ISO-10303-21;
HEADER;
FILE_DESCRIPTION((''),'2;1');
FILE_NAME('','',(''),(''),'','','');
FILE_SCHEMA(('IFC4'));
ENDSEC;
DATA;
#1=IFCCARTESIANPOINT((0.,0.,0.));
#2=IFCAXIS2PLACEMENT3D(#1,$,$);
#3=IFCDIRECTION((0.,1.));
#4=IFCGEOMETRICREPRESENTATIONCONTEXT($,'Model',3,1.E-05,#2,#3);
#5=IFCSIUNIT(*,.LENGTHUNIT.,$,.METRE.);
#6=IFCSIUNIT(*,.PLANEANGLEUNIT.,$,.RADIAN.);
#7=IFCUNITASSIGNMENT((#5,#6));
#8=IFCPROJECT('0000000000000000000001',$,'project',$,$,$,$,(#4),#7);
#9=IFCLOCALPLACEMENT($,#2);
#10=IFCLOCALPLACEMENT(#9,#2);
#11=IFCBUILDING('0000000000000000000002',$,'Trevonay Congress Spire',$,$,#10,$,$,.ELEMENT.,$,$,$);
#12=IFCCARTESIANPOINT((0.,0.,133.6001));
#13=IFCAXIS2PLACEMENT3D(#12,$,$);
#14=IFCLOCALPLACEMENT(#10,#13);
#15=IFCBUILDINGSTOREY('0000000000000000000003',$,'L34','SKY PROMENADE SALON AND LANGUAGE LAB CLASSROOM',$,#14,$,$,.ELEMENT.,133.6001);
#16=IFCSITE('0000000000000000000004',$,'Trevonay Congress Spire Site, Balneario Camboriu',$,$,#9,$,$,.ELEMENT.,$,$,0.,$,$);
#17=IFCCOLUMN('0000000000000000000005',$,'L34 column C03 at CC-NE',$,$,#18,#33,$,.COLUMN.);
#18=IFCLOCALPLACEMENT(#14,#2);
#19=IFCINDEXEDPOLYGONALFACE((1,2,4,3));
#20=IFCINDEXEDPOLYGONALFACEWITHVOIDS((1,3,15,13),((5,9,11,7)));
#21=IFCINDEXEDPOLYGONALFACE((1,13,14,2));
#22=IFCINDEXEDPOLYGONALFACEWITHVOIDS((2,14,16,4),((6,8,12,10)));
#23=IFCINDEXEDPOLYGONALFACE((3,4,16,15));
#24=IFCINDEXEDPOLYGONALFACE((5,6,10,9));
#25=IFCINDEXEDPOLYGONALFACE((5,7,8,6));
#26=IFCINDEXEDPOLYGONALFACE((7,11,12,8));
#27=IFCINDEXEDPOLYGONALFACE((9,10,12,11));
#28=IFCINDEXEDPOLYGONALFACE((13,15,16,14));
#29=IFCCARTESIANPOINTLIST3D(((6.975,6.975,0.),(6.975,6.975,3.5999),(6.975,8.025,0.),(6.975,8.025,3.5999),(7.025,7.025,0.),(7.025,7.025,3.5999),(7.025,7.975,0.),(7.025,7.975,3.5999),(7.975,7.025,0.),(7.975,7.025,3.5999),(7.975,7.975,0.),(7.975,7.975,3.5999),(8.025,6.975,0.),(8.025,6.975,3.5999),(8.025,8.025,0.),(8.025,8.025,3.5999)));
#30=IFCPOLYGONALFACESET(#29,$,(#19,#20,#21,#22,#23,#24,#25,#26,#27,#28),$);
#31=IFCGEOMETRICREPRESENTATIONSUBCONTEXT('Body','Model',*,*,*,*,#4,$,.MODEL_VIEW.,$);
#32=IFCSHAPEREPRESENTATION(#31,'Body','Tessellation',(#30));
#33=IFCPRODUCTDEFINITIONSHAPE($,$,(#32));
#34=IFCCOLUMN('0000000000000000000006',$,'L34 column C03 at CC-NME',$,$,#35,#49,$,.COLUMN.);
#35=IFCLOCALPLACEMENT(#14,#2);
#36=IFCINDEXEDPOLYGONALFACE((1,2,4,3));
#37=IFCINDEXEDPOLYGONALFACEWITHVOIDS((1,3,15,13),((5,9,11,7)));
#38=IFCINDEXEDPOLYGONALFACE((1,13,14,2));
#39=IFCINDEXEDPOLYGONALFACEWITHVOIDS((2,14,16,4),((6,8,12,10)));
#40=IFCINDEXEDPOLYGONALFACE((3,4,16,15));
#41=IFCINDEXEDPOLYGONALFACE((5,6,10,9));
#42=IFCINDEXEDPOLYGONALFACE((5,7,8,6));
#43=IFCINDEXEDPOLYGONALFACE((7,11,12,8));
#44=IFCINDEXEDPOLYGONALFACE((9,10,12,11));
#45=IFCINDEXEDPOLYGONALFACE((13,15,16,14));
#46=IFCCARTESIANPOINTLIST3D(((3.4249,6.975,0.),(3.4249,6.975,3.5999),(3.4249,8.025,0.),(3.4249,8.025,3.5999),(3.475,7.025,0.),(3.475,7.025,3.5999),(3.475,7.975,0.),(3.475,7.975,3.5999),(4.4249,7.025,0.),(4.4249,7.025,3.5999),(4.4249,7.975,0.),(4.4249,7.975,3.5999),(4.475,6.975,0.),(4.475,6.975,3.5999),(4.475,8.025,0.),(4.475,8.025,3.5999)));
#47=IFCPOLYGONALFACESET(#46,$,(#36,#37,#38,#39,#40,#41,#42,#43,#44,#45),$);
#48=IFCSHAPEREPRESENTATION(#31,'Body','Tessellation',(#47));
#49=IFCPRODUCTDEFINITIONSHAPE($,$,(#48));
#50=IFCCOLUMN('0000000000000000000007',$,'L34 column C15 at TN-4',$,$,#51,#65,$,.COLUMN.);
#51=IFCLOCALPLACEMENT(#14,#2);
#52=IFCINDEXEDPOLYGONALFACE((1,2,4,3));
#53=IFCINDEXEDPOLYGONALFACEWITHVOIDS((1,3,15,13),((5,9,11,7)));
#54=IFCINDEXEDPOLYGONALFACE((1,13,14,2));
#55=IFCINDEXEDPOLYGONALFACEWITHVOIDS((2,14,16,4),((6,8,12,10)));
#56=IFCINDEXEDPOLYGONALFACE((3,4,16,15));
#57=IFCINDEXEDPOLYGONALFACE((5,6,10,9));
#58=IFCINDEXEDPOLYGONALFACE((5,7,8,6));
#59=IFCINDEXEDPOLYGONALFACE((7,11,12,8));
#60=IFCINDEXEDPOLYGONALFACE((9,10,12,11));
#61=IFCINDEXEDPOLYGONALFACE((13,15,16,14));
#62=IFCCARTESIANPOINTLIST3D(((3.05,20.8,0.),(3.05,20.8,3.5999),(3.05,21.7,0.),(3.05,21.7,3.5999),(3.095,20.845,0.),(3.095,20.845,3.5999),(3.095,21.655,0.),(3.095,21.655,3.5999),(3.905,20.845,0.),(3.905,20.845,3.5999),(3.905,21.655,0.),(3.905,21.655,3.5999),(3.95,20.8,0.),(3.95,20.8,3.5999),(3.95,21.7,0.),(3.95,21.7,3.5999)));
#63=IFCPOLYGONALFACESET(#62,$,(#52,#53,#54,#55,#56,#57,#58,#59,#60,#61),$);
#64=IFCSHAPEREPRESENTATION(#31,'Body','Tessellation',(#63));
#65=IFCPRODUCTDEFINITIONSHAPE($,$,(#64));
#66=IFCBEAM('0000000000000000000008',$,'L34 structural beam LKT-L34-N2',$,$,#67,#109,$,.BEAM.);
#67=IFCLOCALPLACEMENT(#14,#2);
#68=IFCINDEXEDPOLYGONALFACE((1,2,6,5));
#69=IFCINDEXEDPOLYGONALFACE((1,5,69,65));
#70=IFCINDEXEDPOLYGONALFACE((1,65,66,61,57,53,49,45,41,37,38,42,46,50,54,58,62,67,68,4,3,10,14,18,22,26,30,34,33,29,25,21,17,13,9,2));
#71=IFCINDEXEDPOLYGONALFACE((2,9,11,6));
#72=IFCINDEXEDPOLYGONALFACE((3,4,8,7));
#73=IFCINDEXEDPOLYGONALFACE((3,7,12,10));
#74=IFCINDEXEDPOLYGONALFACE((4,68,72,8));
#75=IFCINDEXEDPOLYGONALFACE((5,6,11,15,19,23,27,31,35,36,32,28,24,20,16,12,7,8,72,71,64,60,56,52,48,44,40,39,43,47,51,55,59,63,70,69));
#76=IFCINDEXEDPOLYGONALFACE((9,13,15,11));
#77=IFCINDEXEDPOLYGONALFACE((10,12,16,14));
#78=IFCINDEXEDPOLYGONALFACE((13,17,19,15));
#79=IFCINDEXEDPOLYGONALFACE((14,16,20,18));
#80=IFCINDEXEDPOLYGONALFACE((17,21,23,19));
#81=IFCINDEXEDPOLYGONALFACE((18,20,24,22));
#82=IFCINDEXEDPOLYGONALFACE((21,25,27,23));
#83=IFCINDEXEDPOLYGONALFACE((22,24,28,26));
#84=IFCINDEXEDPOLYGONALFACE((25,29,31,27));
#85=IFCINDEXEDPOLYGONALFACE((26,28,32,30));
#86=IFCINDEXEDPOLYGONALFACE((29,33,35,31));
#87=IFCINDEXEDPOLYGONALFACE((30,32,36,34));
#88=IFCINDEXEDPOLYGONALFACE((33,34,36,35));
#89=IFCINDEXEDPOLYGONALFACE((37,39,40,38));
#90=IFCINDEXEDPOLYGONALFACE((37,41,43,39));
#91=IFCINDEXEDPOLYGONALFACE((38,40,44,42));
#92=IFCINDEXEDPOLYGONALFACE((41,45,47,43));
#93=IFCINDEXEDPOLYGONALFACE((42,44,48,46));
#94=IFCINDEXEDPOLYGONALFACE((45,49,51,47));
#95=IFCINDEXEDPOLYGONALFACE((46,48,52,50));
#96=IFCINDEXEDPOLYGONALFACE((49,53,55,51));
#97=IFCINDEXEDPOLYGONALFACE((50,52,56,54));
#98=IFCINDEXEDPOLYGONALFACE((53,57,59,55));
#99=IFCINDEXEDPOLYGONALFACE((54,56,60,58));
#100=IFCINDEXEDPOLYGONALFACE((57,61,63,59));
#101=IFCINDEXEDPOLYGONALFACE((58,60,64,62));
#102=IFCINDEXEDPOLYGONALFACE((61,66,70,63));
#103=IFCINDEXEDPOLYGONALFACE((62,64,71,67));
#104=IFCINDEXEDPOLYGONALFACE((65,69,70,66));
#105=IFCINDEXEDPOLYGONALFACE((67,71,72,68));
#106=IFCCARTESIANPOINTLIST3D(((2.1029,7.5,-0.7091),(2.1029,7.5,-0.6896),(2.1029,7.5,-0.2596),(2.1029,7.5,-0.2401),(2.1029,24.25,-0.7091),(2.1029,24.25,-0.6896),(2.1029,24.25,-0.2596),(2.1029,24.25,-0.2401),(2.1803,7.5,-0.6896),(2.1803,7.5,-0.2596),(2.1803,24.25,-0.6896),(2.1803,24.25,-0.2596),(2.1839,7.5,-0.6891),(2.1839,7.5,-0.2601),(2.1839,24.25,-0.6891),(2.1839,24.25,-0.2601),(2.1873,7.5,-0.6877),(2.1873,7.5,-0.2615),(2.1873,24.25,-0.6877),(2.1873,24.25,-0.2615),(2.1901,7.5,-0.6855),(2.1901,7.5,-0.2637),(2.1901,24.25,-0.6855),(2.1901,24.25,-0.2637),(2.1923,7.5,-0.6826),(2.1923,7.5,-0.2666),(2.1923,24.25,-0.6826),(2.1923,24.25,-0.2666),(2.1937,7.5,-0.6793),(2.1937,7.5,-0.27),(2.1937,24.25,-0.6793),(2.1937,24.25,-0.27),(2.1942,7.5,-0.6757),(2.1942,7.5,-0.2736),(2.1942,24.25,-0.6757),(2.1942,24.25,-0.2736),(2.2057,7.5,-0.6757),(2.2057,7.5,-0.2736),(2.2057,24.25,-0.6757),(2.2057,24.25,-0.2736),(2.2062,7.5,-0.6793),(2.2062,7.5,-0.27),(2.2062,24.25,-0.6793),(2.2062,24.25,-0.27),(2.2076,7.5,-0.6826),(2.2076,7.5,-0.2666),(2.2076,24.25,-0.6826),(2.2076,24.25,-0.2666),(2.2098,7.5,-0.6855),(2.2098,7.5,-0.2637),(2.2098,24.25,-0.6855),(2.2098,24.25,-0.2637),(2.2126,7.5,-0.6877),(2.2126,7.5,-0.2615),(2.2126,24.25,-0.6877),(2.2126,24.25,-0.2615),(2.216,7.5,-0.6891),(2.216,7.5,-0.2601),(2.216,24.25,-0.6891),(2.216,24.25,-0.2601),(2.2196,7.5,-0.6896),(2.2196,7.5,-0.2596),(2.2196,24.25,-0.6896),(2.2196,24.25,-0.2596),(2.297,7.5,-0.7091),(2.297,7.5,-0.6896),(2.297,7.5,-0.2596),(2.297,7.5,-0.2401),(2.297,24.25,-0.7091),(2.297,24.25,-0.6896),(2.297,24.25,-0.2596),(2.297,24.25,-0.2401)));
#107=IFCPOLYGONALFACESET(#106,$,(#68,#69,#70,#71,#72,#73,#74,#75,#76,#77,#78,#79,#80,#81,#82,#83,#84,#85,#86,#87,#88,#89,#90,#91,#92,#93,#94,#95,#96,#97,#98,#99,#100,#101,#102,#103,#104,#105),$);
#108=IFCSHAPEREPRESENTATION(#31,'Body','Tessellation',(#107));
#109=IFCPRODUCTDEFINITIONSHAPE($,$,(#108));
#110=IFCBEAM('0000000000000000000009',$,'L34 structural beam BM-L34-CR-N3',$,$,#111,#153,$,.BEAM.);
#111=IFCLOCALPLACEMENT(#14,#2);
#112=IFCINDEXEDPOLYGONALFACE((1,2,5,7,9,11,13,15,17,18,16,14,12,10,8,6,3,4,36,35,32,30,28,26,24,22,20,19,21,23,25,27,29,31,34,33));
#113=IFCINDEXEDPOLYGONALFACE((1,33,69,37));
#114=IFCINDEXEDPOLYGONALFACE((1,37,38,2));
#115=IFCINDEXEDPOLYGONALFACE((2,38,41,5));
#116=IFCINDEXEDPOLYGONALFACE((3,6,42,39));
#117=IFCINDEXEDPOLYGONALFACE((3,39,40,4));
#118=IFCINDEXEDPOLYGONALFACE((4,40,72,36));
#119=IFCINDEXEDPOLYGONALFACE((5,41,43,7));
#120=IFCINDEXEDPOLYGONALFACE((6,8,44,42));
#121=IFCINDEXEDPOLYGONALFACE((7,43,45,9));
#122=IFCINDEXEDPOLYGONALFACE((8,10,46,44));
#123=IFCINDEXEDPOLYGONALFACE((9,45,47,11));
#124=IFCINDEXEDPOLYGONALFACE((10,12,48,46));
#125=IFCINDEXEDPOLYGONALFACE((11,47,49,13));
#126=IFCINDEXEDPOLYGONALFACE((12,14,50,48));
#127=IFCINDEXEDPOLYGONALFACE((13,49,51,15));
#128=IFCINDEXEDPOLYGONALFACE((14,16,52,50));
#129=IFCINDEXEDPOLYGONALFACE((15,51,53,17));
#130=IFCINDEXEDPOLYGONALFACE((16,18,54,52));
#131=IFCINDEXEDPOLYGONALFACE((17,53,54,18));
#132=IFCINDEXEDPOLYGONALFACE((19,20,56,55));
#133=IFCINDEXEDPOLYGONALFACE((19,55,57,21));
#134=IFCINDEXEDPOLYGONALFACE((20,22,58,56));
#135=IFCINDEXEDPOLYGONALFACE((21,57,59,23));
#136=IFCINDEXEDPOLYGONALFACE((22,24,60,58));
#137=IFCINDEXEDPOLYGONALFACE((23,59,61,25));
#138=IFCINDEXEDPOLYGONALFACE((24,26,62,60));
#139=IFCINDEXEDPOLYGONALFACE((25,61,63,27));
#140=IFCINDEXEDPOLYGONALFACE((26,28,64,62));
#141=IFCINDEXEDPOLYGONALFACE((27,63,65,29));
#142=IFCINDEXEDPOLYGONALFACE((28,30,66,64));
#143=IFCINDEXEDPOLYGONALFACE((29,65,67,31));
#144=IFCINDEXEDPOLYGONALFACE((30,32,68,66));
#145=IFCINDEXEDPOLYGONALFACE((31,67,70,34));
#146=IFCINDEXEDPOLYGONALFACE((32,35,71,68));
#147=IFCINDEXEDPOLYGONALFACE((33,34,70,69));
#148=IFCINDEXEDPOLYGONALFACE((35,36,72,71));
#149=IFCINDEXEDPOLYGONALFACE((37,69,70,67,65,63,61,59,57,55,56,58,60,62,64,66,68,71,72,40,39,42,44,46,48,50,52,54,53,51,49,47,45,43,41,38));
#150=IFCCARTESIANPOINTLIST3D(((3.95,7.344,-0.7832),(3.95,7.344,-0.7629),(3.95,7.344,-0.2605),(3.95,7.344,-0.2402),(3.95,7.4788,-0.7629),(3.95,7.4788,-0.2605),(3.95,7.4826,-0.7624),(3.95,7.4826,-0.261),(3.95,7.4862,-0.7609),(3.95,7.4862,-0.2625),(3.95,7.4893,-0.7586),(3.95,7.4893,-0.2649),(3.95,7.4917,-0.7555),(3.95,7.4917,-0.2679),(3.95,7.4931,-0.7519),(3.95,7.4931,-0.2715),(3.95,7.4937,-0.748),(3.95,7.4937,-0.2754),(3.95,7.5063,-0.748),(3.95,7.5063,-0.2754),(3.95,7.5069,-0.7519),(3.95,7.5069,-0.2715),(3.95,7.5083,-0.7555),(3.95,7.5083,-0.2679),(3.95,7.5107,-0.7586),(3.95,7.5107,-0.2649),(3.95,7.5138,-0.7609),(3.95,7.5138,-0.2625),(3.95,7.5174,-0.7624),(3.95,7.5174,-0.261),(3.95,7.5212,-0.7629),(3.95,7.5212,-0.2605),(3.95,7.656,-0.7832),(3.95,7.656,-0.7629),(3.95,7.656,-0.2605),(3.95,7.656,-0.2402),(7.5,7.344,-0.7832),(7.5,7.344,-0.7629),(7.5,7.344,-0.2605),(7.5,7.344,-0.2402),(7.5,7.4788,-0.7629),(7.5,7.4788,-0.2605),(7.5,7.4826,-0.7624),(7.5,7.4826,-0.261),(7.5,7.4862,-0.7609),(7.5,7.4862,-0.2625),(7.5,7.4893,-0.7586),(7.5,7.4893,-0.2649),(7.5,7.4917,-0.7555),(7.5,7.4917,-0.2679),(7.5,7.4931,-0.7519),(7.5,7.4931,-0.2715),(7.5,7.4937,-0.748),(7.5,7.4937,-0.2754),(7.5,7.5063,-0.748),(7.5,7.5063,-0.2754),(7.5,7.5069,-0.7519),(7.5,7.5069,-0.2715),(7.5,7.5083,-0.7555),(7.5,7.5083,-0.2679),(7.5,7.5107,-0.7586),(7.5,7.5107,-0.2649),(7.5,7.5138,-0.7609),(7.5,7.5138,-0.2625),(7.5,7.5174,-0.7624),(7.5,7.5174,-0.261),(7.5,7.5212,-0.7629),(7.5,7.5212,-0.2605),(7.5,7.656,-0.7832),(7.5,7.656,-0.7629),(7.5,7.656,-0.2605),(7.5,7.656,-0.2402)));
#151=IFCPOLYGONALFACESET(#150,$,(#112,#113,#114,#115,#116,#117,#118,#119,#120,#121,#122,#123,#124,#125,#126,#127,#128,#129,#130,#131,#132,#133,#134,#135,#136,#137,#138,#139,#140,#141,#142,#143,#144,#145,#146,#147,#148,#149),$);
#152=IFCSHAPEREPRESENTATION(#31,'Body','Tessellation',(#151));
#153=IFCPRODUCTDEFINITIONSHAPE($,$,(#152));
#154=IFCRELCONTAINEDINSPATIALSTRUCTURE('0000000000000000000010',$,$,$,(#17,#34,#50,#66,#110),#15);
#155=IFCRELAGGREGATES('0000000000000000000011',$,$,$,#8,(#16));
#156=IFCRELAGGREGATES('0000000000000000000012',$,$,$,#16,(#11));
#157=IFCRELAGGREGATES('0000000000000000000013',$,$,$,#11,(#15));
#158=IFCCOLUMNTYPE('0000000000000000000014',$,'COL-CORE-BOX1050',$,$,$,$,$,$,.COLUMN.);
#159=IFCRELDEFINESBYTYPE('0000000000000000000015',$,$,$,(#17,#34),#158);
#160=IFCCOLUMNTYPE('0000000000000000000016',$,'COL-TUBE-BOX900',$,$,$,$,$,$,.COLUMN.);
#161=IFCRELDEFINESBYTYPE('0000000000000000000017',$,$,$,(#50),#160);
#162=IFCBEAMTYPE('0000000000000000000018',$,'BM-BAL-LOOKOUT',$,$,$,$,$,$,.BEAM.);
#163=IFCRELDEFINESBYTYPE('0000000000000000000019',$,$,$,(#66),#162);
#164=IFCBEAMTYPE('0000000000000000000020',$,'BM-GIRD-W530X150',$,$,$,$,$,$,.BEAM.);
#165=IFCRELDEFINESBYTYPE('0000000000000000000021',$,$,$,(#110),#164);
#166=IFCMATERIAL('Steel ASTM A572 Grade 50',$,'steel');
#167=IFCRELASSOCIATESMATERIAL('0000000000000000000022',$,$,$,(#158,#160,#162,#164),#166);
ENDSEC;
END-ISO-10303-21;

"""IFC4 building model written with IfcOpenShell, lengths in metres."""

from ifc_helpers import new_model, si_unit, direction, frame, origin, origin_2d, place, context, subcontext, project, spatial, hollow_rectangle, i_section, extrude, material, material_profile, profile_set, type_object, element, save


model = new_model("IFC4")

# Units and contexts
model_context = context("Model", 3, precision=1e-05, world=origin(), true_north=direction((0.0, 1.0)))
body_context = subcontext(model_context, "Body", "Model", "MODEL_VIEW")
ifc_project = project(units=[si_unit("LENGTHUNIT", "METRE"), si_unit("PLANEANGLEUNIT", "RADIAN")], contexts=[model_context])

# Site, building, storey
site_placement = place(None, origin())
site = spatial("IfcSite", under=ifc_project, at=site_placement, Name="Trevonay Congress Spire Site, Balneario Camboriu", CompositionType="ELEMENT", RefElevation=0.0)
building_placement = place(site_placement, origin())
building = spatial("IfcBuilding", under=site, at=building_placement, Name="Trevonay Congress Spire", CompositionType="ELEMENT")
storey_placement = place(building_placement, frame((0.0, 0.0, 133.6001)))
storey = spatial("IfcBuildingStorey", under=building, at=storey_placement, Name="L34", Description="SKY PROMENADE SALON AND LANGUAGE LAB CLASSROOM", CompositionType="ELEMENT", Elevation=133.6001)

# Columns
ifc_material_1 = material(Name="Steel ASTM A572 Grade 50", Category="steel")
ifc_material_profile_1 = material_profile(ifc_material_1, hollow_rectangle(XDim=1.05, YDim=1.05, WallThickness=0.05, at=origin_2d()), Name="BOX 1050x1050x50")
ifc_profile_set_1 = profile_set([ifc_material_profile_1], Name="Steel ASTM A572 Grade 50")
column_type_1 = type_object("IfcColumnType", Name="COL-CORE-BOX1050", PredefinedType="COLUMN", material=ifc_profile_set_1)
for number, where, z_axis, x_axis, name in (
    (1, (7.5, 7.5, 0.0), (0.0, 0.0, 1.0), (1.0, 0.0, 0.0), "L34 column C03 at CC-NE"),
    (2, (3.95, 7.5, 0.0), (0.0, 0.0, 1.0), (1.0, 0.0, 0.0), "L34 column C03 at CC-NME"),
):
    element("IfcColumn", number, at=place(storey_placement, frame(where, z_axis=z_axis, x_axis=x_axis)), inside=storey, type_object=column_type_1, Name=name, PredefinedType="COLUMN", context=body_context, shape_type="SweptSolid", body=[
        extrude(hollow_rectangle(XDim=1.05, YDim=1.05, WallThickness=0.05, at=origin_2d()), origin(), (0.0, 0.0, 1.0), 3.5999),
    ])
ifc_material_profile_2 = material_profile(ifc_material_1, hollow_rectangle(XDim=0.8999, YDim=0.8999, WallThickness=0.0449, at=origin_2d()), Name="BOX 900x900x45")
ifc_profile_set_2 = profile_set([ifc_material_profile_2], Name="Steel ASTM A572 Grade 50")
column_type_2 = type_object("IfcColumnType", Name="COL-TUBE-BOX900", PredefinedType="COLUMN", material=ifc_profile_set_2)
column_placement = place(storey_placement, frame((3.5, 21.25, 0.0), z_axis=(0.0, 0.0, 1.0), x_axis=(1.0, 0.0, 0.0)))
element("IfcColumn", 3, at=column_placement, inside=storey, type_object=column_type_2, Name="L34 column C15 at TN-4", PredefinedType="COLUMN", context=body_context, shape_type="SweptSolid", body=[
    extrude(hollow_rectangle(XDim=0.8999, YDim=0.8999, WallThickness=0.0449, at=origin_2d()), origin(), (0.0, 0.0, 1.0), 3.5999),
])

# Beams
ifc_material_profile_3 = material_profile(ifc_material_1, i_section(OverallWidth=0.1941, OverallDepth=0.469, WebThickness=0.0115, FlangeThickness=0.0195, FilletRadius=0.0139, at=origin_2d()), Name="W460x106")
ifc_profile_set_3 = profile_set([ifc_material_profile_3], Name="Steel ASTM A572 Grade 50")
beam_type_1 = type_object("IfcBeamType", Name="BM-BAL-LOOKOUT", PredefinedType="BEAM", material=ifc_profile_set_3)
beam_1_placement = place(storey_placement, frame((2.2, 7.5, -0.4746), z_axis=(0.0, 1.0, 0.0), x_axis=(-1.0, 0.0, 0.0)))
element("IfcBeam", 4, at=beam_1_placement, inside=storey, type_object=beam_type_1, Name="L34 structural beam LKT-L34-N2", PredefinedType="BEAM", context=body_context, shape_type="SweptSolid", body=[
    extrude(i_section(OverallWidth=0.1941, OverallDepth=0.469, WebThickness=0.0115, FlangeThickness=0.0195, FilletRadius=0.0139, at=origin_2d()), origin(), (0.0, 0.0, 1.0), 16.75),
])
ifc_material_profile_4 = material_profile(ifc_material_1, i_section(OverallWidth=0.312, OverallDepth=0.543, WebThickness=0.0127, FlangeThickness=0.0203, FilletRadius=0.0149, at=origin_2d()), Name="W530x150")
ifc_profile_set_4 = profile_set([ifc_material_profile_4], Name="Steel ASTM A572 Grade 50")
beam_type_2 = type_object("IfcBeamType", Name="BM-GIRD-W530X150", PredefinedType="BEAM", material=ifc_profile_set_4)
beam_2_placement = place(storey_placement, frame((3.95, 7.5, -0.5117), z_axis=(1.0, 0.0, 0.0), x_axis=(0.0, 1.0, 0.0)))
element("IfcBeam", 5, at=beam_2_placement, inside=storey, type_object=beam_type_2, Name="L34 structural beam BM-L34-CR-N3", PredefinedType="BEAM", context=body_context, shape_type="SweptSolid", body=[
    extrude(i_section(OverallWidth=0.312, OverallDepth=0.543, WebThickness=0.0127, FlangeThickness=0.0203, FilletRadius=0.0149, at=origin_2d()), origin(), (0.0, 0.0, 1.0), 3.55),
])

save(model, "model.ifc")
